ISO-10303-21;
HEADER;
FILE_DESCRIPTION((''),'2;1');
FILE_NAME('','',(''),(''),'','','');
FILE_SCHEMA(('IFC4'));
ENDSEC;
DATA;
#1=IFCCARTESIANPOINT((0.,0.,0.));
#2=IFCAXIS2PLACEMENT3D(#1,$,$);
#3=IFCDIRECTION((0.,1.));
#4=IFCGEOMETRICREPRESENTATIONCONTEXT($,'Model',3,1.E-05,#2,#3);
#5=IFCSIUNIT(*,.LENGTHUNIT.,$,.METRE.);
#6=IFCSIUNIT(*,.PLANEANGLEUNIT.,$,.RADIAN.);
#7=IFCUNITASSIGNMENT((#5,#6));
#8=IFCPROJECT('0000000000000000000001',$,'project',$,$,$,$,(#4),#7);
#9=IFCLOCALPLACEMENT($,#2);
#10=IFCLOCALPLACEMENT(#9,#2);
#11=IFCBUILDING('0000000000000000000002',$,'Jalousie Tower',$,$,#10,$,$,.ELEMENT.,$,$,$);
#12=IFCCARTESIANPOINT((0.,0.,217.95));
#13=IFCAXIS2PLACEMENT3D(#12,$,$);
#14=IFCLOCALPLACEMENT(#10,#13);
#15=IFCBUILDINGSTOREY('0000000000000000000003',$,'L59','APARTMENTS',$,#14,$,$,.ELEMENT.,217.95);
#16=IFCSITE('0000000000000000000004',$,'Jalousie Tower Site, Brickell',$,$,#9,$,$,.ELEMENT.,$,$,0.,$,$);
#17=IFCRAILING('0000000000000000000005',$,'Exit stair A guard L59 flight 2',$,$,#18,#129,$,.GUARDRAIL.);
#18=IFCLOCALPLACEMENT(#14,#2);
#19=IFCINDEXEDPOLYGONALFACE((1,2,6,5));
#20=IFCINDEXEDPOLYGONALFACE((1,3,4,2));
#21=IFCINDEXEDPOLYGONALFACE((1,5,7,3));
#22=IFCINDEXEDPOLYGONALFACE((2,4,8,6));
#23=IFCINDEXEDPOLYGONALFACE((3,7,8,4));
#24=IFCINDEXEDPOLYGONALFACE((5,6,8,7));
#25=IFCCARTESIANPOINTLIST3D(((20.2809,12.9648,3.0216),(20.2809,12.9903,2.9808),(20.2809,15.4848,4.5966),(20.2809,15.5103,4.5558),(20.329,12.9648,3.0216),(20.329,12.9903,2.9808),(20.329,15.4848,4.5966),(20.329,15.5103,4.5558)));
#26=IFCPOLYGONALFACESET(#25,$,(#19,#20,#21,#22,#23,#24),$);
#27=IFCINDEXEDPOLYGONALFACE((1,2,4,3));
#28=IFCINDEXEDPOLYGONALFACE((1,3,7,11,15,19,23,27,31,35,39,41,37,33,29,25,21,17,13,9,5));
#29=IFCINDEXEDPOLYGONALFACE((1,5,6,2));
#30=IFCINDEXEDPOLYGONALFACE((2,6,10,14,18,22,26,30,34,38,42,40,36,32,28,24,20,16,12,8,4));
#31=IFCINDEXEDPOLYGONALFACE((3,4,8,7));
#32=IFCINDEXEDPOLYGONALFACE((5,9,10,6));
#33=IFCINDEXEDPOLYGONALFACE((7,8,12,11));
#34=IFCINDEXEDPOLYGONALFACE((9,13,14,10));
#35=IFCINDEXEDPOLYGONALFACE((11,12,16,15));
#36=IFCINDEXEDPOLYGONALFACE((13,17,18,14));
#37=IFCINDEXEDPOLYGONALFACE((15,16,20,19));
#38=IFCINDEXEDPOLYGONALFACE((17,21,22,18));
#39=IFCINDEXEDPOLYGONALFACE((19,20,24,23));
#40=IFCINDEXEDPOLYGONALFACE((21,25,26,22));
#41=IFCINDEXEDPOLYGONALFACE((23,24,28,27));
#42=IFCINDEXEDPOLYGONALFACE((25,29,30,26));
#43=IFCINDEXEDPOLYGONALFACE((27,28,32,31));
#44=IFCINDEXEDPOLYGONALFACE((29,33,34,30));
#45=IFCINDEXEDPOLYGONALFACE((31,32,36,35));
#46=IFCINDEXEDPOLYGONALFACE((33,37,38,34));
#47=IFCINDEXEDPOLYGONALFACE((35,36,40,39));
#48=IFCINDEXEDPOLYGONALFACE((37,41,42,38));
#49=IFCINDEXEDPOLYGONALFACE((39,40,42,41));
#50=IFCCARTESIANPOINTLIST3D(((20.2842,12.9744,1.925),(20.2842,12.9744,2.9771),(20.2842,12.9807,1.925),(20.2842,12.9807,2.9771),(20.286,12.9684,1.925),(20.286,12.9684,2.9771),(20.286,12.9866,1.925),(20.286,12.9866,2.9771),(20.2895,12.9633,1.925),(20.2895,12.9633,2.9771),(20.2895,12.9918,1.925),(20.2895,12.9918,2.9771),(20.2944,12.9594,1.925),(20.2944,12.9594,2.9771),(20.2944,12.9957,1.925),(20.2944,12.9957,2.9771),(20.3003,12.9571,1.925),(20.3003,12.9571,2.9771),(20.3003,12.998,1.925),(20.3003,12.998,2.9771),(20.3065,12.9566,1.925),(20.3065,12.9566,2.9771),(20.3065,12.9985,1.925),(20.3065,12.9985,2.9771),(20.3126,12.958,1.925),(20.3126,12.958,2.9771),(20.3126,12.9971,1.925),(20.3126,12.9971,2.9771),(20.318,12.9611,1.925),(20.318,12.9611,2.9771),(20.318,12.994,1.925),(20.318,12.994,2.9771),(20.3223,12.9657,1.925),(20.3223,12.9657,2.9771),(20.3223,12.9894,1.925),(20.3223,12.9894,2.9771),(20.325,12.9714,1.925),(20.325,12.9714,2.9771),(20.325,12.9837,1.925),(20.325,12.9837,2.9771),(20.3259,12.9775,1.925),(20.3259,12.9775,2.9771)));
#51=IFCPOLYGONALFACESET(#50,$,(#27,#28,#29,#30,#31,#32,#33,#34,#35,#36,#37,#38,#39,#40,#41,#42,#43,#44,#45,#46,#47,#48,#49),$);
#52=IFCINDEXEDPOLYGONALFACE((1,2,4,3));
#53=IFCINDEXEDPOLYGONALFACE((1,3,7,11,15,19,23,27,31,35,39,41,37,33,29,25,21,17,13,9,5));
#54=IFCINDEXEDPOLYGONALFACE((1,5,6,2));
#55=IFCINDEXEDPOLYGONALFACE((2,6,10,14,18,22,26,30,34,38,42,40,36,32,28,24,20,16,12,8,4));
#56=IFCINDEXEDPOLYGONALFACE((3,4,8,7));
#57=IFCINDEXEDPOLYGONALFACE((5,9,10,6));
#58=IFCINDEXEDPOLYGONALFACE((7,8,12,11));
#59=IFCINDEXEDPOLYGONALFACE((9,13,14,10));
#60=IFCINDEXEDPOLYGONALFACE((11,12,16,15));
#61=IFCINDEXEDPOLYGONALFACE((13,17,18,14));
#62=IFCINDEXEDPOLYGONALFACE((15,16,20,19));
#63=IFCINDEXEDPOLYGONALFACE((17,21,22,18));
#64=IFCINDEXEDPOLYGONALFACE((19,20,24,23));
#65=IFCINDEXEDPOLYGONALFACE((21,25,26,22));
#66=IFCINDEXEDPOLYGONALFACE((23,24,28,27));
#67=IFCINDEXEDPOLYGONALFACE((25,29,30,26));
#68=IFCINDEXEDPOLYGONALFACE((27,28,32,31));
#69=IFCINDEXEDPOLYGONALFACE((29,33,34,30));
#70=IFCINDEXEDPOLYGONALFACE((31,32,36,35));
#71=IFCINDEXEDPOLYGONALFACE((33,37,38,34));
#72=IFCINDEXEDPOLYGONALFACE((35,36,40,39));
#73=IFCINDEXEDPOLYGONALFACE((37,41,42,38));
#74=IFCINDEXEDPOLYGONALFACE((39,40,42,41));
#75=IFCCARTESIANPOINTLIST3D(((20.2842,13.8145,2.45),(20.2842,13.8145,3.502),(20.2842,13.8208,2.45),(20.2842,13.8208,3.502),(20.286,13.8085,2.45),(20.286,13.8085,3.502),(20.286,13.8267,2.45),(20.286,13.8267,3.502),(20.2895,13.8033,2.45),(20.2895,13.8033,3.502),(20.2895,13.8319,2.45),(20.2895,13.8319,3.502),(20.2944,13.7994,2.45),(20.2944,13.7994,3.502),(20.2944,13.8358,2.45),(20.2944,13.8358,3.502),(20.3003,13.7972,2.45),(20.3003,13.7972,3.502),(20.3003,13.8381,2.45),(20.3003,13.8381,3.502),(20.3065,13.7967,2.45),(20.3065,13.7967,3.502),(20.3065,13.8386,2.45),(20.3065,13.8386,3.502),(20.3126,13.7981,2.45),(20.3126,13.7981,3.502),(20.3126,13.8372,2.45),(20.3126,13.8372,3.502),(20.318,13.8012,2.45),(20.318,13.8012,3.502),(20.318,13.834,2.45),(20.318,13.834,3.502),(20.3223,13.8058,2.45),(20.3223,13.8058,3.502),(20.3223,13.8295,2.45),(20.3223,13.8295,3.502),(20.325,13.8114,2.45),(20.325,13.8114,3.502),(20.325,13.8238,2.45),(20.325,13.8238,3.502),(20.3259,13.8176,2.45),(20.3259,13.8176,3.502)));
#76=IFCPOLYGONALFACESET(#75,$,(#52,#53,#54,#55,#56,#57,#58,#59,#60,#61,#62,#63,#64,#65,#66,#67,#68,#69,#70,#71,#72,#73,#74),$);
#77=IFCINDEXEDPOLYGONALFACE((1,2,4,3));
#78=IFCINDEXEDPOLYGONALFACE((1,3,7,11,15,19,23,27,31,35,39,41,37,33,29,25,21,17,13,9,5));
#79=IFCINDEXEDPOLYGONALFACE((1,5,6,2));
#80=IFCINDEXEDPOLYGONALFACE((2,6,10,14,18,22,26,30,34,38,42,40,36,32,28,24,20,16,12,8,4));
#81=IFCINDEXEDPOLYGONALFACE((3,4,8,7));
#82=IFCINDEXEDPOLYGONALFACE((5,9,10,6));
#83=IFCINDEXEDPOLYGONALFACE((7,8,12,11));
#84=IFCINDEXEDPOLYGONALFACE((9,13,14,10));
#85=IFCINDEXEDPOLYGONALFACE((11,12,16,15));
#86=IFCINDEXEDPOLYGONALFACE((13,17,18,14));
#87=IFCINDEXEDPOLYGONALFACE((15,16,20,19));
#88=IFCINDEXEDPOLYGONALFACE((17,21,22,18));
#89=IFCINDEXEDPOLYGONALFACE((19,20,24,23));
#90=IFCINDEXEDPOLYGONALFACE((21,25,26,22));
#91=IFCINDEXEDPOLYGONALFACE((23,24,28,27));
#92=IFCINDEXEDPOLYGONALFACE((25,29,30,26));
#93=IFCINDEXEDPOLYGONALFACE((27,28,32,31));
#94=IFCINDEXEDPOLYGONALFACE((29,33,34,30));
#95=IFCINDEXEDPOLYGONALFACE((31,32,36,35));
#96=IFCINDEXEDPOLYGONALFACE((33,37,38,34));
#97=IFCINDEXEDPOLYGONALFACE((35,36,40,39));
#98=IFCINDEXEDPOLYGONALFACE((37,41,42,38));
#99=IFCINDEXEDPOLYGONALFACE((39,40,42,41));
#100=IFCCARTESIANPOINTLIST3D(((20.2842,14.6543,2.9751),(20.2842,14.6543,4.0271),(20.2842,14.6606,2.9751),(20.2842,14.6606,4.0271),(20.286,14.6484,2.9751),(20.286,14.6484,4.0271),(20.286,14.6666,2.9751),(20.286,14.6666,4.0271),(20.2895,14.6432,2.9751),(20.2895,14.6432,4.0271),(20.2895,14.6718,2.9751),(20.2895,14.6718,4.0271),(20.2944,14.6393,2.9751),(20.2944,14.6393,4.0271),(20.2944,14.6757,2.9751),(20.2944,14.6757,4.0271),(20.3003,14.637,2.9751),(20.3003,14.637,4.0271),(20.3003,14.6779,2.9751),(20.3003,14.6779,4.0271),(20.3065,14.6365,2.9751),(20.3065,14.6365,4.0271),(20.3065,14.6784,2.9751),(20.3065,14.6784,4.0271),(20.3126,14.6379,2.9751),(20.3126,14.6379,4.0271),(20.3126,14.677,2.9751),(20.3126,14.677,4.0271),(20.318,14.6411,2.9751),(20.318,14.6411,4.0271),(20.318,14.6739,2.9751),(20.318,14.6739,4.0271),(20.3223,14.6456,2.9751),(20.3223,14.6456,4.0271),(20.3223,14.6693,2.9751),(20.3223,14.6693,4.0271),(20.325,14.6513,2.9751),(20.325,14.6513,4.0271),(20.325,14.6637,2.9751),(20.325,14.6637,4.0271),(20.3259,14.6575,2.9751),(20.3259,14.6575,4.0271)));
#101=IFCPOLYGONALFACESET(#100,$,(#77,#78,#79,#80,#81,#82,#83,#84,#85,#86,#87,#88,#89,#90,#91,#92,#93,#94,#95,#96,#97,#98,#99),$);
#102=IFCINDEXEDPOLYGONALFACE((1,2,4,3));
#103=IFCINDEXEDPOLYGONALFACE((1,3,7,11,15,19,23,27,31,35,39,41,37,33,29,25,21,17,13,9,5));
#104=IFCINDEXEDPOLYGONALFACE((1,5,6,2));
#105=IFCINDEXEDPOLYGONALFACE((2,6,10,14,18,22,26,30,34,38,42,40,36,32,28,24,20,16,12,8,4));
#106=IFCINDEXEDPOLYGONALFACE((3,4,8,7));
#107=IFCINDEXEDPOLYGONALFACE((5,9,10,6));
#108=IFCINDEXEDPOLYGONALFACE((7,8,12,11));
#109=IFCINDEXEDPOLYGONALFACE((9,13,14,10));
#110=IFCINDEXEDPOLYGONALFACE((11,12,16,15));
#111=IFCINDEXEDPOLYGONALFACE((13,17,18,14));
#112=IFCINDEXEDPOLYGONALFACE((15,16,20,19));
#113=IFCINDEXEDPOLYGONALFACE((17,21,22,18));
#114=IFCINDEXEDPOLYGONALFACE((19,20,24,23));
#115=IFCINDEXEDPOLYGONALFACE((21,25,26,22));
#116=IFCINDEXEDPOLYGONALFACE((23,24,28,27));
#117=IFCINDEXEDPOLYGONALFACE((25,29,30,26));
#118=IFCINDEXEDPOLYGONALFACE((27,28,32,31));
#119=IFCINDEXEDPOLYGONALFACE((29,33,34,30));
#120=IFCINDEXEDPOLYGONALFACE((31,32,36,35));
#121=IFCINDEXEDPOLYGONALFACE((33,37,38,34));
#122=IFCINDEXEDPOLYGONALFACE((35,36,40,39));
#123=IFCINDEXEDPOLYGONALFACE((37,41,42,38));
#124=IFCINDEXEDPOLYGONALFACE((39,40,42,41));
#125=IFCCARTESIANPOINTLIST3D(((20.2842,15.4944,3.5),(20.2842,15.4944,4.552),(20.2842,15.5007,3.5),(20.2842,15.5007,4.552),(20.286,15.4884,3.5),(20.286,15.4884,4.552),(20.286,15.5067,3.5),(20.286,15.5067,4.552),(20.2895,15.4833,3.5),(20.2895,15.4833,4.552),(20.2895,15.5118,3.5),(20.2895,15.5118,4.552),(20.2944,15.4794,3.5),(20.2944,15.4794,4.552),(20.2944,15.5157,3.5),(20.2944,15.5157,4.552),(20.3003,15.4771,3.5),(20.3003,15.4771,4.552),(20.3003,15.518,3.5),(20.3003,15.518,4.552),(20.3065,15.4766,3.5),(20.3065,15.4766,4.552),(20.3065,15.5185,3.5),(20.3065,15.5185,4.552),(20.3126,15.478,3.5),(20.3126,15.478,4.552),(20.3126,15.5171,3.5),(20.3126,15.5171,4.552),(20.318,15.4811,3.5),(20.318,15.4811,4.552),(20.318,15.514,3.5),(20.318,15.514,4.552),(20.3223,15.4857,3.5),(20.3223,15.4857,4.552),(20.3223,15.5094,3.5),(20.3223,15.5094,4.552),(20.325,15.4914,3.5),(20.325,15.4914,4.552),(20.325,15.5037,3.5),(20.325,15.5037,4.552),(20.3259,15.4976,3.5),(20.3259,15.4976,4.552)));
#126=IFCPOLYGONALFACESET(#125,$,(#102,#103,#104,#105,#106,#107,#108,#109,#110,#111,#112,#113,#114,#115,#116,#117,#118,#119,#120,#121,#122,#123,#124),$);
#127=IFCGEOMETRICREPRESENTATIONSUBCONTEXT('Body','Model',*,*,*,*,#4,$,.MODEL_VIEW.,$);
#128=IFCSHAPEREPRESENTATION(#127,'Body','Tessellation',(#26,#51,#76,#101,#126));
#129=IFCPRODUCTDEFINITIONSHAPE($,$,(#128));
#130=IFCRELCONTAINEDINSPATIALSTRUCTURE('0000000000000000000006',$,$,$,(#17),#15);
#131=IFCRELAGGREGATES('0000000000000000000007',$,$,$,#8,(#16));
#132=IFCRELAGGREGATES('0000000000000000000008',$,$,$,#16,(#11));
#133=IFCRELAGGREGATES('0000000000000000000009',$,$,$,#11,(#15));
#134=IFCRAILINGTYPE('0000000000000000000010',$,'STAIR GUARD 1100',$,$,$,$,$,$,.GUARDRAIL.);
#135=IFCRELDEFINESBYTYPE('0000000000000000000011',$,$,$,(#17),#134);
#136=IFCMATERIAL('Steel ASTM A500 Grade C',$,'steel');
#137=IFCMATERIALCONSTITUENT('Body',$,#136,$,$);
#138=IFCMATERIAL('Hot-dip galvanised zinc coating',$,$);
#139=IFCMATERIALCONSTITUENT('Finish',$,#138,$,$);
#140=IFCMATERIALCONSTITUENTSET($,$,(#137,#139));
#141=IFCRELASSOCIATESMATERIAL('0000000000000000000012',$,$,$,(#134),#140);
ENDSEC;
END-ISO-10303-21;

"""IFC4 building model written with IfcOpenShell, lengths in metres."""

from ifc_helpers import new_model, si_unit, direction, frame, origin, origin_2d, place, context, subcontext, project, spatial, rectangle, circle, extrude, material, constituent, constituent_set, type_object, element, save


model = new_model("IFC4")

# Units and contexts
model_context = context("Model", 3, precision=1e-05, world=origin(), true_north=direction((0.0, 1.0)))
body_context = subcontext(model_context, "Body", "Model", "MODEL_VIEW")
ifc_project = project(units=[si_unit("LENGTHUNIT", "METRE"), si_unit("PLANEANGLEUNIT", "RADIAN")], contexts=[model_context])

# Site, building, storey
site_placement = place(None, origin())
site = spatial("IfcSite", under=ifc_project, at=site_placement, Name="Jalousie Tower Site, Brickell", CompositionType="ELEMENT", RefElevation=0.0)
building_placement = place(site_placement, origin())
building = spatial("IfcBuilding", under=site, at=building_placement, Name="Jalousie Tower", CompositionType="ELEMENT")
storey_placement = place(building_placement, frame((0.0, 0.0, 217.95)))
storey = spatial("IfcBuildingStorey", under=building, at=storey_placement, Name="L59", Description="APARTMENTS", CompositionType="ELEMENT", Elevation=217.95)

# Railing
ifc_material_1 = material(Name="Steel ASTM A500 Grade C", Category="steel")
ifc_constituent_1 = constituent(ifc_material_1, Name="Body")
ifc_material_2 = material(Name="Hot-dip galvanised zinc coating")
ifc_constituent_2 = constituent(ifc_material_2, Name="Finish")
ifc_constituent_set_1 = constituent_set(constituents=[ifc_constituent_1, ifc_constituent_2])
railing_type_1 = type_object("IfcRailingType", Name="STAIR GUARD 1100", PredefinedType="GUARDRAIL", material=ifc_constituent_set_1)
railing_1_placement = place(storey_placement, frame((20.3049, 12.9775, 1.925)))
element("IfcRailing", 1, at=railing_1_placement, inside=storey, type_object=railing_type_1, Name="Exit stair A guard L59 flight 2", PredefinedType="GUARDRAIL", context=body_context, shape_type="SweptSolid", body=[
    extrude(rectangle(XDim=0.0481, YDim=0.0481, at=origin_2d()), frame((0.0, 0.0, 1.0762), z_axis=(0.0, 0.848008, 0.529984), x_axis=(-1.0, 0.0, 0.0)), (0.0, 0.0, 1.0), 2.9717),
    extrude(circle(Radius=0.021, at=origin_2d()), origin(), (0.0, 0.0, 1.0), 1.052),
    extrude(circle(Radius=0.021, at=origin_2d()), frame((0.0, 0.8401, 0.5249)), (0.0, 0.0, 1.0), 1.052),
    extrude(circle(Radius=0.021, at=origin_2d()), frame((0.0, 1.6799, 1.05)), (0.0, 0.0, 1.0), 1.052),
    extrude(circle(Radius=0.021, at=origin_2d()), frame((0.0, 2.52, 1.575)), (0.0, 0.0, 1.0), 1.052),
])

save(model, "model.ifc")
